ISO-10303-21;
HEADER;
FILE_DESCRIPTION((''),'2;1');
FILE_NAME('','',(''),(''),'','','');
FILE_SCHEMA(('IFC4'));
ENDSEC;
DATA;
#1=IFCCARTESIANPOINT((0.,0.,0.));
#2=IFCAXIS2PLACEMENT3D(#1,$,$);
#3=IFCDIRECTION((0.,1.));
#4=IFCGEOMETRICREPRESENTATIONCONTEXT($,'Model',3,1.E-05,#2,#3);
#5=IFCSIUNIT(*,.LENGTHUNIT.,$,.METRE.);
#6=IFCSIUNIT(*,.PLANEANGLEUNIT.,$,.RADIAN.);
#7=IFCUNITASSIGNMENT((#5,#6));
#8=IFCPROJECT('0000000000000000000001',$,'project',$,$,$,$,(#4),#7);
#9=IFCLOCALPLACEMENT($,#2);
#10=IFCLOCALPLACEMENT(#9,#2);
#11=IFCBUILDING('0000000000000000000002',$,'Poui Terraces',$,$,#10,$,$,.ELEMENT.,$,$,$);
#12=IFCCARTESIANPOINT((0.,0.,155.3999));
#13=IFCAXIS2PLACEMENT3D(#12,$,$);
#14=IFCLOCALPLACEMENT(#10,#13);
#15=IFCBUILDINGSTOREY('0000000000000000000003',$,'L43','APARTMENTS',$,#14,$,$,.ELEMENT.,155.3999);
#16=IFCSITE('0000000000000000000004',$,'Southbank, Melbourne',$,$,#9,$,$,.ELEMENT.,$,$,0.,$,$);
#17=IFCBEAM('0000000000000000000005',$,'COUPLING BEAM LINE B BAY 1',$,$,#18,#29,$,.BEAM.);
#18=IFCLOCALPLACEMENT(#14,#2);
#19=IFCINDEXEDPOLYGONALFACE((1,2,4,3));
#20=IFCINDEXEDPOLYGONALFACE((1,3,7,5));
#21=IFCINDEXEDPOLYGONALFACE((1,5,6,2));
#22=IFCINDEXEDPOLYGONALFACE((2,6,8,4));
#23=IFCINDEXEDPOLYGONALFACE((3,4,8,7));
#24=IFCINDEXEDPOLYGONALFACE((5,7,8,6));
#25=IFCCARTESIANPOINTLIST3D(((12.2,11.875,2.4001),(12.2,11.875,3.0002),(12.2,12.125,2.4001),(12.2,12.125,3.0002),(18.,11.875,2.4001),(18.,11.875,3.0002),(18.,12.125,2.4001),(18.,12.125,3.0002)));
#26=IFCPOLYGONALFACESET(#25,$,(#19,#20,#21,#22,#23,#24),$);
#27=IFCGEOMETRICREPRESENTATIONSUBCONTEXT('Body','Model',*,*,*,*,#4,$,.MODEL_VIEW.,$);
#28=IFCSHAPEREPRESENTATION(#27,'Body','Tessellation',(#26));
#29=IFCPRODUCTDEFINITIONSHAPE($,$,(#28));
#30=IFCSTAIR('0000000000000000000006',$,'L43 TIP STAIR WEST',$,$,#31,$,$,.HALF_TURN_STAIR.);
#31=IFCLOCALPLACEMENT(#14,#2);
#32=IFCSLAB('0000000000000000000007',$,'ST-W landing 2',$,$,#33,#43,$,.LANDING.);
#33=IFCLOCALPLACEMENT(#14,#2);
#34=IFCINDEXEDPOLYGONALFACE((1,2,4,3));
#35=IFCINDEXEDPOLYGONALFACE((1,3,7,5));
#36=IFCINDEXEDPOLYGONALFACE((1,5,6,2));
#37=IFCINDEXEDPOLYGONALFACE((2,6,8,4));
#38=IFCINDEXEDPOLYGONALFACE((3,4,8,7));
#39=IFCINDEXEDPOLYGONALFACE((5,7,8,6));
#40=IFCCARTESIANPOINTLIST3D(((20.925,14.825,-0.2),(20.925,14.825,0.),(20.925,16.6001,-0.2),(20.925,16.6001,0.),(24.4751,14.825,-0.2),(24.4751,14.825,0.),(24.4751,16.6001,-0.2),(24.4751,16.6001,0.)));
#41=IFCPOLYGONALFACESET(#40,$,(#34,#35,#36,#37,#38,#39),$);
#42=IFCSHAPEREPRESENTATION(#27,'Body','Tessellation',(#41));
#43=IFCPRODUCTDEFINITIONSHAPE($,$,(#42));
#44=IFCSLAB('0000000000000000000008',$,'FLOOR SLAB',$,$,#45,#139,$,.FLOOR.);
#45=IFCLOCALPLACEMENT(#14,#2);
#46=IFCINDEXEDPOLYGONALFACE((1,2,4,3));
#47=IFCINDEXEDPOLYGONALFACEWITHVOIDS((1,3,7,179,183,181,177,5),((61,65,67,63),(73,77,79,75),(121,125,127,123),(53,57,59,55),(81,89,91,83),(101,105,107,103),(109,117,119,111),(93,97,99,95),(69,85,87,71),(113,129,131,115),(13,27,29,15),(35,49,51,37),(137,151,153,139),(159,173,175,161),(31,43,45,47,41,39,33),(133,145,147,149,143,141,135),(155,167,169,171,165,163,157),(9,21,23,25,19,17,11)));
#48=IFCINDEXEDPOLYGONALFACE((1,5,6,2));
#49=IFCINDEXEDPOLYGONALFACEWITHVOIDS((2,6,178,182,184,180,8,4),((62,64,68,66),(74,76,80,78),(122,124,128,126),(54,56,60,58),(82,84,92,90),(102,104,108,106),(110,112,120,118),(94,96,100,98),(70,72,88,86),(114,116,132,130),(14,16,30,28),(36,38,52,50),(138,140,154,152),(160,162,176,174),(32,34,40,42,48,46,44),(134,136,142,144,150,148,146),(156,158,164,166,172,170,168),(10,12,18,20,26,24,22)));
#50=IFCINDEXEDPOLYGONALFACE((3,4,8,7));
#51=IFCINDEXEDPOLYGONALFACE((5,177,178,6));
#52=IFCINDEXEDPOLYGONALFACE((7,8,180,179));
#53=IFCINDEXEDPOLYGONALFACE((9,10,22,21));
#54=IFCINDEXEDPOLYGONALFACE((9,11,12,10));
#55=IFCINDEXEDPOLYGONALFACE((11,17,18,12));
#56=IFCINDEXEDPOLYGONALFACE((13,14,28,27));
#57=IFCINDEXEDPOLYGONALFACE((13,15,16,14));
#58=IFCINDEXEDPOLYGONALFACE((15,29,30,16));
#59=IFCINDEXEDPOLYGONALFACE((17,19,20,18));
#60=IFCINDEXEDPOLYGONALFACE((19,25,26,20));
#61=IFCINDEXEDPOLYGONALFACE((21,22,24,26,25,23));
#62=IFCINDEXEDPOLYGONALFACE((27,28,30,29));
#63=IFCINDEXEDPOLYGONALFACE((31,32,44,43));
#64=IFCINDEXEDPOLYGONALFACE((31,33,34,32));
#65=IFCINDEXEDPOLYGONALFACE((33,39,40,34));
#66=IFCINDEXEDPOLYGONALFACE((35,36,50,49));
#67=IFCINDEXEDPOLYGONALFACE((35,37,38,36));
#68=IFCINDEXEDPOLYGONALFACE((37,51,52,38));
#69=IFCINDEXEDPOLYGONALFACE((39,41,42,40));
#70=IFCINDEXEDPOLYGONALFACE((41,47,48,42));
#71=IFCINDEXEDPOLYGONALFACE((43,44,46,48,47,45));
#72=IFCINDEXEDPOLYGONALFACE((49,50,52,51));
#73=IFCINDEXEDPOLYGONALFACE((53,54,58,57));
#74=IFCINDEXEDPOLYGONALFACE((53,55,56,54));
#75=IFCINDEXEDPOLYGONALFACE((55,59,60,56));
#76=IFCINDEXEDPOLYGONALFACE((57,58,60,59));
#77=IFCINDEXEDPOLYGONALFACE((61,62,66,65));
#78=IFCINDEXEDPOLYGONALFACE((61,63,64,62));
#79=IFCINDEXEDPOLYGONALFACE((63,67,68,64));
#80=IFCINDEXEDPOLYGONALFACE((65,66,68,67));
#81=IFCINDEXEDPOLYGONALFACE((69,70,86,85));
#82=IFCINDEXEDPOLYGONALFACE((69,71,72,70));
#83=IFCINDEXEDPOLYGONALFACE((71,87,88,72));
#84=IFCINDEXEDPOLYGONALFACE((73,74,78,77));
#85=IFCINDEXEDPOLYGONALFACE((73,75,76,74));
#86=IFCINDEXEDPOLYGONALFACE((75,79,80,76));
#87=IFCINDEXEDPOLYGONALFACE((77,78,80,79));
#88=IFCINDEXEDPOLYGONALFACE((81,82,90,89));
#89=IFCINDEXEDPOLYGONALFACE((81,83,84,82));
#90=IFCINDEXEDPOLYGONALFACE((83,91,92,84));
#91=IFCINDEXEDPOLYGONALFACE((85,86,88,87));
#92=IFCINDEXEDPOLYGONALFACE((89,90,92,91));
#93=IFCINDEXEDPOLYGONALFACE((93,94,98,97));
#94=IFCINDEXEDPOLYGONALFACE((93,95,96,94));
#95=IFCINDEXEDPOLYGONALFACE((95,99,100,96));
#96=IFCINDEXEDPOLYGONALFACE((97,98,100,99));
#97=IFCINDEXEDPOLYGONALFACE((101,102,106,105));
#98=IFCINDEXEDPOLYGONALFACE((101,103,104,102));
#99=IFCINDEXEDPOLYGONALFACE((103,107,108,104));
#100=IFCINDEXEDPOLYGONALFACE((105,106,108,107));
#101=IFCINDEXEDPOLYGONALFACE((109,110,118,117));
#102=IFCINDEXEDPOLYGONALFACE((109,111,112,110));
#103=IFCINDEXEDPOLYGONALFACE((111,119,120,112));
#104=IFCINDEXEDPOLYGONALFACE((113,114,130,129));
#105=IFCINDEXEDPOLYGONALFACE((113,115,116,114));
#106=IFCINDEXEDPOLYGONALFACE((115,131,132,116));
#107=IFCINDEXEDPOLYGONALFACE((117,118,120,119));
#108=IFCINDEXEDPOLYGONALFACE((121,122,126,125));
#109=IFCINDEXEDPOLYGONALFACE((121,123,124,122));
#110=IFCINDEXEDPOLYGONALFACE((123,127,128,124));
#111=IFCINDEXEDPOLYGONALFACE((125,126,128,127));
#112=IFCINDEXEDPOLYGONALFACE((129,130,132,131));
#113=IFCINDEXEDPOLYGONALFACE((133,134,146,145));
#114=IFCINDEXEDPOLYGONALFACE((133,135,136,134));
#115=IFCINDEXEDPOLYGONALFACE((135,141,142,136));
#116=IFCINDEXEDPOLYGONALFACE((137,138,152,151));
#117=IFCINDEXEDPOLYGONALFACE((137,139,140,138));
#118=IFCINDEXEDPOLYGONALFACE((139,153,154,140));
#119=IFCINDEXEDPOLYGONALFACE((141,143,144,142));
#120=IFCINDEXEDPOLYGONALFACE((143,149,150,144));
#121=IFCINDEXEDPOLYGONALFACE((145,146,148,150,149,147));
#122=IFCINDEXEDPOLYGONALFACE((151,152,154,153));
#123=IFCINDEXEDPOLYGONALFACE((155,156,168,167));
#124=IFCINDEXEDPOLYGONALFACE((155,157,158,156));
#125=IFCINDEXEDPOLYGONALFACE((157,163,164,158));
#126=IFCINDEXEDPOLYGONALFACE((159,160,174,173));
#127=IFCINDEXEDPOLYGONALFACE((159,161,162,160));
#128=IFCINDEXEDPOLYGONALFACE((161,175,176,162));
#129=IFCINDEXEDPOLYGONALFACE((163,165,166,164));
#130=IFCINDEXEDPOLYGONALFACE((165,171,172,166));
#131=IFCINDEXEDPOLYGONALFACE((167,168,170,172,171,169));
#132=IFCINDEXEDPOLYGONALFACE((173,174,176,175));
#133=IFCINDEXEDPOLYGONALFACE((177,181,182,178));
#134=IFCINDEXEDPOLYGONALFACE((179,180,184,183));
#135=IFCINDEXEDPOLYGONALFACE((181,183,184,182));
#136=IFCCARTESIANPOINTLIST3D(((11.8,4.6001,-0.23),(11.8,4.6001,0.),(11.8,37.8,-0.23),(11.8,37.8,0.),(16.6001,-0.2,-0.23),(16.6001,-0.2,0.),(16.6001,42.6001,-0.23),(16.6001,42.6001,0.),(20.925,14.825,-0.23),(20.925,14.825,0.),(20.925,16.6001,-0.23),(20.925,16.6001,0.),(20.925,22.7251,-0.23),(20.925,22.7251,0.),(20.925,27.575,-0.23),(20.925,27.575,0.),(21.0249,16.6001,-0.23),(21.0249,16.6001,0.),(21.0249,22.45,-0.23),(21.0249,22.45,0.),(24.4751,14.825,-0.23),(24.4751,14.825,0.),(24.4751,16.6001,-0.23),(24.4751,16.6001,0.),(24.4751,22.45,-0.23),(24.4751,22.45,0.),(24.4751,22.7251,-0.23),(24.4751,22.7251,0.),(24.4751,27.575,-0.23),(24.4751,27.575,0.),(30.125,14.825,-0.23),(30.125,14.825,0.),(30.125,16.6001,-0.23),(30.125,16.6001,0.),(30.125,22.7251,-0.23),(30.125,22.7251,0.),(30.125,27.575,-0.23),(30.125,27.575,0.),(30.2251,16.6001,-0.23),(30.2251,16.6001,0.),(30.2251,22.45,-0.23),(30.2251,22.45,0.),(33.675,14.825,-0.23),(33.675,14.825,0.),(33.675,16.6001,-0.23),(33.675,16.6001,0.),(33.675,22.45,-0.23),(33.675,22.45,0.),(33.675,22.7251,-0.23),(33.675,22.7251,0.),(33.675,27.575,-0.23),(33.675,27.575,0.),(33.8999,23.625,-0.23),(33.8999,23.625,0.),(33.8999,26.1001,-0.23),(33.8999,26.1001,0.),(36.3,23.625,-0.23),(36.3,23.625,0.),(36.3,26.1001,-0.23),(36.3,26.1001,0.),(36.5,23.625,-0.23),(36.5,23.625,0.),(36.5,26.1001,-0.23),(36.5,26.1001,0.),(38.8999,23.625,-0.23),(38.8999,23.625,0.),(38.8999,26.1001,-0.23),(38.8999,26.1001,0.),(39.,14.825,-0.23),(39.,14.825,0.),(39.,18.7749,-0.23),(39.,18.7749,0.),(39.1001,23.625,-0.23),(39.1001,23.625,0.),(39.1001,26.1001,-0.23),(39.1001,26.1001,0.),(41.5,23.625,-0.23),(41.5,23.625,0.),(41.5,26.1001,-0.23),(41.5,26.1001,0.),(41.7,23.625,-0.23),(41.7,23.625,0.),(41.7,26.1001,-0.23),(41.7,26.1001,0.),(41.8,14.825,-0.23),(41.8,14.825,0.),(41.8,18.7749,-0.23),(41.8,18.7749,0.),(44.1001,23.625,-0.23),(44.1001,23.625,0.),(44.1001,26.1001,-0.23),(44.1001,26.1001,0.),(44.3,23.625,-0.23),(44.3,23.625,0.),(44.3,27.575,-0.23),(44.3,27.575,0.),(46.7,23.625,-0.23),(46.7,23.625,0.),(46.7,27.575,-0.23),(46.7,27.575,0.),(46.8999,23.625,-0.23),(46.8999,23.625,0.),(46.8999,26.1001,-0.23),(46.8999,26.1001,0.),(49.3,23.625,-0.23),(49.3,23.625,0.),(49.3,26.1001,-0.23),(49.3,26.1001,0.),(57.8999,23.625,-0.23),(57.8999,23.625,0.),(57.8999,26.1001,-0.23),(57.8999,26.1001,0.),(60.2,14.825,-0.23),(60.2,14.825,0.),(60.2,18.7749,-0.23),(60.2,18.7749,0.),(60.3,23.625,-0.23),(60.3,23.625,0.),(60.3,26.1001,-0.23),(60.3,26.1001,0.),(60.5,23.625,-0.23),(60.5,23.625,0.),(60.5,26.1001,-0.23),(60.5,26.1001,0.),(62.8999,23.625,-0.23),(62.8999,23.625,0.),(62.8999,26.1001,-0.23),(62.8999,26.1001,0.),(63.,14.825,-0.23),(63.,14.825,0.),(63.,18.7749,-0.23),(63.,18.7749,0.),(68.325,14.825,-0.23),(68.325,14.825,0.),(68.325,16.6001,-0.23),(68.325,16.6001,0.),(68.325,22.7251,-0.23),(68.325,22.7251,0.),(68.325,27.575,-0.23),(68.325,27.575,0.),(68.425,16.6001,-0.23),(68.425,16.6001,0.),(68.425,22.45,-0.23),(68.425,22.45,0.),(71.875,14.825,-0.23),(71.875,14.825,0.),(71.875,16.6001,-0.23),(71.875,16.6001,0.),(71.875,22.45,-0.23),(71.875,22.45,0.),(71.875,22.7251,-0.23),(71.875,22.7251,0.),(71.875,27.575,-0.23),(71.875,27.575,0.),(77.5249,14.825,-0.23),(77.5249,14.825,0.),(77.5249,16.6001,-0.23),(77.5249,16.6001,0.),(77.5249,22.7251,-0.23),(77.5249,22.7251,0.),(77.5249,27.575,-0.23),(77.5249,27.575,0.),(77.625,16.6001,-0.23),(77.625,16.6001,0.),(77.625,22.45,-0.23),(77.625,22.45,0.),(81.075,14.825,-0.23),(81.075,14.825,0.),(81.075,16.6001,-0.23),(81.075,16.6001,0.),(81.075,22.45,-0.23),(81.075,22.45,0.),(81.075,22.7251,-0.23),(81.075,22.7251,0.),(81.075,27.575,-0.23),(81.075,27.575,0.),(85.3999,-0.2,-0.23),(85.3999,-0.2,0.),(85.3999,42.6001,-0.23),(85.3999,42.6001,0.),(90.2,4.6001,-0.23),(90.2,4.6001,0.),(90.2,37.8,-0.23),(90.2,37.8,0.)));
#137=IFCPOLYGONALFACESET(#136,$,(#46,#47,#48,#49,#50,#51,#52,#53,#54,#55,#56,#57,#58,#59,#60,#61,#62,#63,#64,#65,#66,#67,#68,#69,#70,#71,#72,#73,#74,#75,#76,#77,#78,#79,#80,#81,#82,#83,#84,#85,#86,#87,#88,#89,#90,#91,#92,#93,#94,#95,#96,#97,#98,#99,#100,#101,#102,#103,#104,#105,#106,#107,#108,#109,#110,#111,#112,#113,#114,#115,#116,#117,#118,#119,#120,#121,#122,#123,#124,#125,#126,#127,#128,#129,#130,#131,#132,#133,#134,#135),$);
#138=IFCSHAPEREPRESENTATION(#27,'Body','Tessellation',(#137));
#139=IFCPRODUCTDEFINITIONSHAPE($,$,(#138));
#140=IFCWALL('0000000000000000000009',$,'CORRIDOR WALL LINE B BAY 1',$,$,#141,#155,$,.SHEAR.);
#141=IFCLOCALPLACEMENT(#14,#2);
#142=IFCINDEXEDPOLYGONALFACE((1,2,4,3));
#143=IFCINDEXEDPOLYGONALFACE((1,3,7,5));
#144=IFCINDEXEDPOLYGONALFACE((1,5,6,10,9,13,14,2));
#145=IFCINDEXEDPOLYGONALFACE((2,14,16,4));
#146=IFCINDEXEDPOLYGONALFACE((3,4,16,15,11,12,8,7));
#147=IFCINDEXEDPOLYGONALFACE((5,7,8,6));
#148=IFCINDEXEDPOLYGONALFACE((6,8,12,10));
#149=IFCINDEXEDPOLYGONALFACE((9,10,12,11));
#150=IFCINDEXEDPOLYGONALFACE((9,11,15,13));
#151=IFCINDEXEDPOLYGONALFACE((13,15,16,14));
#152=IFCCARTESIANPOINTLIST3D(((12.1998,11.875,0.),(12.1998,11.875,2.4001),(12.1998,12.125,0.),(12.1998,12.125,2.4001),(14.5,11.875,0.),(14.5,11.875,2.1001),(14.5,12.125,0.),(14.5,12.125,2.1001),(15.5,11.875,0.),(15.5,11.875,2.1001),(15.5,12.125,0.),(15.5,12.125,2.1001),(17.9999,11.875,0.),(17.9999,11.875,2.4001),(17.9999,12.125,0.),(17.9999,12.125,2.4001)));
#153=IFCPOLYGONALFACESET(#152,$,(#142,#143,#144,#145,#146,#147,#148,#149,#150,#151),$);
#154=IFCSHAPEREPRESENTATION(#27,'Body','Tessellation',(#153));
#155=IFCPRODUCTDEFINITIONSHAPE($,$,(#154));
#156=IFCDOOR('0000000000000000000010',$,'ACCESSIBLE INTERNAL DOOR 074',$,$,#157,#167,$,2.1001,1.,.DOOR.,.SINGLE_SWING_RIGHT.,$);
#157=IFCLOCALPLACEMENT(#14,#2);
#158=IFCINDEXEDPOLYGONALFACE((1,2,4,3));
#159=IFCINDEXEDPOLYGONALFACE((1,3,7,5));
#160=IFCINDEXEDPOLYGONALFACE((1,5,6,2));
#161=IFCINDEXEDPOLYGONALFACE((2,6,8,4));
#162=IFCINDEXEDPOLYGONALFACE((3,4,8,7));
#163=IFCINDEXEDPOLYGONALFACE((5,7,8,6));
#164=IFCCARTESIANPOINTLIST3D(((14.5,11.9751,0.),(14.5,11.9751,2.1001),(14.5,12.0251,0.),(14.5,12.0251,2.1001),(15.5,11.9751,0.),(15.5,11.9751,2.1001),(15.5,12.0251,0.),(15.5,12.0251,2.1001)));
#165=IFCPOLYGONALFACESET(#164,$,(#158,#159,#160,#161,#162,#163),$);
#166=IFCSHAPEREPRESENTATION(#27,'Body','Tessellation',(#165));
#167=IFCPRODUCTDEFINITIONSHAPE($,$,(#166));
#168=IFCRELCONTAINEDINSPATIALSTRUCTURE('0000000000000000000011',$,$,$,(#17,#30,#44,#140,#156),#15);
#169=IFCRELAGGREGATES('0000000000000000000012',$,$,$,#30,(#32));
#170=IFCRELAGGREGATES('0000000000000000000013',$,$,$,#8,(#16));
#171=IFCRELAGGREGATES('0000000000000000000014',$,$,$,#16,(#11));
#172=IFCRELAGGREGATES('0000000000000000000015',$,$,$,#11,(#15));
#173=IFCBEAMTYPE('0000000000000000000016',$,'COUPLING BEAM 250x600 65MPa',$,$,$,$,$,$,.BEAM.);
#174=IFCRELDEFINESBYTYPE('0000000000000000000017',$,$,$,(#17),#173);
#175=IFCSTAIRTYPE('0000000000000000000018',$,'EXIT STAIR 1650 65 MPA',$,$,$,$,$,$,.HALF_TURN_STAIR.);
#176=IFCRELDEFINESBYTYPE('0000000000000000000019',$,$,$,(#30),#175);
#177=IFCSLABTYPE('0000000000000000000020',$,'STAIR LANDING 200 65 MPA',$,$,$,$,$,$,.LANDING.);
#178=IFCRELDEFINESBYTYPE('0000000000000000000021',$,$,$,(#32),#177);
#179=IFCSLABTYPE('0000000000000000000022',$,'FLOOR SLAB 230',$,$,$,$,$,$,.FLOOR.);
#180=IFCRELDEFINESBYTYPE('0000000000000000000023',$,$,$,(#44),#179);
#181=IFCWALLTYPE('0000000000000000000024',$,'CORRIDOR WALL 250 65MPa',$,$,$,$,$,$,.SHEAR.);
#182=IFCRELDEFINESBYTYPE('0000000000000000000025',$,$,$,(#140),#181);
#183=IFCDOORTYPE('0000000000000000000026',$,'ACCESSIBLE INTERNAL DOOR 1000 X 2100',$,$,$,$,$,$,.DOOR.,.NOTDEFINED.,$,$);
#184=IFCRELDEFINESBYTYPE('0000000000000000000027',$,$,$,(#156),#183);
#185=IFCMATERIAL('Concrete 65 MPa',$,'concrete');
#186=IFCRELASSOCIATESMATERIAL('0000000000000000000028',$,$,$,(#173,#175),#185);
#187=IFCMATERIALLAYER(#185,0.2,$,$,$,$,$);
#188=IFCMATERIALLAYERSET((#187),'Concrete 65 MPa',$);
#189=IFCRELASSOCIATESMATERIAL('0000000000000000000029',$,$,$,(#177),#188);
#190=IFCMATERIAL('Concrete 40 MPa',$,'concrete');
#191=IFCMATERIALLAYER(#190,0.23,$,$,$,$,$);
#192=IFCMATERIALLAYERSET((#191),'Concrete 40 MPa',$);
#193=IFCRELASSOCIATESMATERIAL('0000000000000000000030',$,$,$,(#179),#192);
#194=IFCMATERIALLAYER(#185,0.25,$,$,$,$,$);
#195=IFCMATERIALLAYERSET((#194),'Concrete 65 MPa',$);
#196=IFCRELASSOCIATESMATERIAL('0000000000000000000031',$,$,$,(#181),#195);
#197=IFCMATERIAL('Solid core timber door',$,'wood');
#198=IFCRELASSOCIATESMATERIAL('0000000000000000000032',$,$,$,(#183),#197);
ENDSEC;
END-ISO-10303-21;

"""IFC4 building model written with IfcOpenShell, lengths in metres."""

from ifc_helpers import new_model, si_unit, direction, frame, frame_2d, origin, origin_2d, place, context, subcontext, project, spatial, polyline, rectangle, outline, extrude, source, transform, mapped, material, layer, layer_set, material_profile, profile_set, type_object, element, fill, aggregate, save


model = new_model("IFC4")

# Units and contexts
model_context = context("Model", 3, precision=1e-05, world=origin(), true_north=direction((0.0, 1.0)))
body_context = subcontext(model_context, "Body", "Model", "MODEL_VIEW")
ifc_project = project(units=[si_unit("LENGTHUNIT", "METRE"), si_unit("PLANEANGLEUNIT", "RADIAN")], contexts=[model_context])

# Site, building, storey
site_placement = place(None, origin())
site = spatial("IfcSite", under=ifc_project, at=site_placement, Name="Southbank, Melbourne", CompositionType="ELEMENT", RefElevation=0.0)
building_placement = place(site_placement, origin())
building = spatial("IfcBuilding", under=site, at=building_placement, Name="Poui Terraces", CompositionType="ELEMENT")
storey_placement = place(building_placement, frame((0.0, 0.0, 155.3999)))
storey = spatial("IfcBuildingStorey", under=building, at=storey_placement, Name="L43", Description="APARTMENTS", CompositionType="ELEMENT", Elevation=155.3999)

# Beam
ifc_material_1 = material(Name="Concrete 65 MPa", Category="concrete")
ifc_material_profile = material_profile(ifc_material_1, rectangle(XDim=0.25, YDim=0.6001, at=origin_2d()), Name="RC 250x600")
ifc_profile_set = profile_set([ifc_material_profile], Name="Concrete 65 MPa")
beam_type = type_object("IfcBeamType", Name="COUPLING BEAM 250x600 65MPa", PredefinedType="BEAM", material=ifc_profile_set)
shared_shape_1 = source(origin(), body_context, "Body", "SweptSolid", [
    extrude(rectangle(XDim=0.25, YDim=0.6001, at=origin_2d()), origin(), (0.0, 0.0, 1.0), 5.8),
])
beam_placement = place(storey_placement, frame((12.2, 12.0, 2.7002), z_axis=(1.0, 0.0, 0.0), x_axis=(0.0, 1.0, 0.0)))
element("IfcBeam", 1, at=beam_placement, inside=storey, type_object=beam_type, Name="COUPLING BEAM LINE B BAY 1", PredefinedType="BEAM", context=body_context, shape_type="MappedRepresentation", body=[
    mapped(shared_shape_1, transform((0.0, 0.0, 0.0))),
])

# Stair, slab
stair_type = type_object("IfcStairType", Name="EXIT STAIR 1650 65 MPA", PredefinedType="HALF_TURN_STAIR", material=ifc_material_1)
stair_placement = place(storey_placement, origin())
stair = element("IfcStair", 2, at=stair_placement, inside=storey, type_object=stair_type, Name="L43 TIP STAIR WEST", PredefinedType="HALF_TURN_STAIR")
ifc_layer_1 = layer(ifc_material_1, 0.2)
ifc_layer_set_1 = layer_set([ifc_layer_1], Name="Concrete 65 MPa")
slab_type_1 = type_object("IfcSlabType", Name="STAIR LANDING 200 65 MPA", PredefinedType="LANDING", material=ifc_layer_set_1)
slab_1_placement = place(storey_placement, frame((0.0, 0.0, -0.2)))
slab_1 = element("IfcSlab", 3, at=slab_1_placement, type_object=slab_type_1, Name="ST-W landing 2", PredefinedType="LANDING", context=body_context, shape_type="SweptSolid", body=[
    extrude(outline(polyline([(20.925, 14.825), (24.4751, 14.825), (24.4751, 16.6001), (20.925, 16.6001), (20.925, 14.825)])), origin(), (0.0, 0.0, 1.0), 0.2),
])
aggregate(stair, [slab_1])

# Slab
ifc_material_2 = material(Name="Concrete 40 MPa", Category="concrete")
ifc_layer_2 = layer(ifc_material_2, 0.23)
ifc_layer_set_2 = layer_set([ifc_layer_2], Name="Concrete 40 MPa")
slab_type_2 = type_object("IfcSlabType", Name="FLOOR SLAB 230", PredefinedType="FLOOR", material=ifc_layer_set_2)
shared_shape_2 = source(origin(), body_context, "Body", "SweptSolid", [
    extrude(outline(polyline([(0.0, 0.0), (4.8, -4.8), (73.5999, -4.8), (78.3999, 0.0), (78.3999, 33.2), (73.5999, 38.0), (4.8, 38.0), (0.0, 33.2), (0.0, 0.0)]), holes=[polyline([(27.2, 10.2249), (27.2, 14.1748), (30.0, 14.1748), (30.0, 10.2249), (27.2, 10.2249)]), polyline([(9.2249, 17.8499), (12.675, 17.8499), (12.675, 12.0), (12.675, 10.2249), (9.125, 10.2249), (9.125, 12.0), (9.2249, 12.0), (9.2249, 17.8499)]), polyline([(18.425, 17.8499), (21.875, 17.8499), (21.875, 12.0), (21.875, 10.2249), (18.325, 10.2249), (18.325, 12.0), (18.425, 12.0), (18.425, 17.8499)]), polyline([(22.0999, 19.0249), (22.0999, 21.5), (24.5, 21.5), (24.5, 19.0249), (22.0999, 19.0249)]), polyline([(24.7, 19.0249), (24.7, 21.5), (27.0999, 21.5), (27.0999, 19.0249), (24.7, 19.0249)]), polyline([(27.3, 19.0249), (27.3, 21.5), (29.7, 21.5), (29.7, 19.0249), (27.3, 19.0249)]), polyline([(29.8999, 19.0249), (29.8999, 21.5), (32.3, 21.5), (32.3, 19.0249), (29.8999, 19.0249)]), polyline([(9.125, 22.9749), (12.675, 22.9749), (12.675, 18.125), (9.125, 18.125), (9.125, 22.9749)]), polyline([(18.325, 22.9749), (21.875, 22.9749), (21.875, 18.125), (18.325, 18.125), (18.325, 22.9749)]), polyline([(48.3999, 10.2249), (48.3999, 14.1748), (51.2, 14.1748), (51.2, 10.2249), (48.3999, 10.2249)]), polyline([(56.625, 17.8499), (60.075, 17.8499), (60.075, 12.0), (60.075, 10.2249), (56.5249, 10.2249), (56.5249, 12.0), (56.625, 12.0), (56.625, 17.8499)]), polyline([(65.825, 17.8499), (69.2749, 17.8499), (69.2749, 12.0), (69.2749, 10.2249), (65.7249, 10.2249), (65.7249, 12.0), (65.825, 12.0), (65.825, 17.8499)]), polyline([(35.0999, 19.0249), (35.0999, 21.5), (37.5, 21.5), (37.5, 19.0249), (35.0999, 19.0249)]), polyline([(46.0999, 19.0249), (46.0999, 21.5), (48.5, 21.5), (48.5, 19.0249), (46.0999, 19.0249)]), polyline([(48.7, 19.0249), (48.7, 21.5), (51.0999, 21.5), (51.0999, 19.0249), (48.7, 19.0249)]), polyline([(56.5249, 18.125), (56.5249, 22.9749), (60.075, 22.9749), (60.075, 18.125), (56.5249, 18.125)]), polyline([(65.7249, 22.9749), (69.2749, 22.9749), (69.2749, 18.125), (65.7249, 18.125), (65.7249, 22.9749)]), polyline([(32.5, 22.9749), (34.8999, 22.9749), (34.8999, 19.0249), (32.5, 19.0249), (32.5, 22.9749)])]), origin(), (0.0, 0.0, 1.0), 0.23),
])
slab_2_placement = place(storey_placement, frame((11.8, 4.6001, -0.23)))
element("IfcSlab", 4, at=slab_2_placement, inside=storey, type_object=slab_type_2, Name="FLOOR SLAB", PredefinedType="FLOOR", context=body_context, shape_type="MappedRepresentation", body=[
    mapped(shared_shape_2, transform((0.0, 0.0, 0.0))),
])

# Wall, opening, door
ifc_layer_3 = layer(ifc_material_1, 0.25)
ifc_layer_set_3 = layer_set([ifc_layer_3], Name="Concrete 65 MPa")
wall_type_1 = type_object("IfcWallType", Name="CORRIDOR WALL 250 65MPa", PredefinedType="SHEAR", material=ifc_layer_set_3)
wall_1_placement = place(storey_placement, frame((12.2, 12.0, 0.0), z_axis=(0.0, 0.0, 1.0), x_axis=(1.0, 0.0, 0.0)))
wall_1 = element("IfcWall", 5, at=wall_1_placement, inside=storey, type_object=wall_type_1, Name="CORRIDOR WALL LINE B BAY 1", PredefinedType="SHEAR", context=body_context, shape_type="SweptSolid", body=[
    extrude(rectangle(XDim=5.8, YDim=0.25, at=frame_2d((2.8999, 0.0))), origin(), (0.0, 0.0, 1.0), 2.4001),
])
opening_1_placement = place(wall_1_placement, frame((2.3, 0.0, 0.0)))
opening_1 = element("IfcOpeningElement", 6, at=opening_1_placement, cuts=wall_1, PredefinedType="OPENING", context=body_context, shape_type="SweptSolid", body=[
    extrude(rectangle(XDim=1.0, YDim=2.1001, at=frame_2d((0.5, 1.05))), frame((0.0, 0.135, 0.0), z_axis=(0.0, -1.0, 0.0), x_axis=(1.0, 0.0, 0.0)), (0.0, 0.0, 1.0), 0.27),
])
ifc_material_3 = material(Name="Solid core timber door", Category="wood")
door_type_1 = type_object("IfcDoorType", Name="ACCESSIBLE INTERNAL DOOR 1000 X 2100", OperationType="NOTDEFINED", PredefinedType="DOOR", material=ifc_material_3)
door_1_placement = place(opening_1_placement, frame((1.0, 0.0, 0.0), z_axis=(0.0, 0.0, 1.0), x_axis=(-1.0, 0.0, 0.0)))
door_1 = element("IfcDoor", 7, at=door_1_placement, inside=storey, type_object=door_type_1, Name="ACCESSIBLE INTERNAL DOOR 074", OperationType="SINGLE_SWING_RIGHT", OverallHeight=2.1001, OverallWidth=1.0, PredefinedType="DOOR", context=body_context, shape_type="SweptSolid", body=[
    extrude(rectangle(XDim=1.0, YDim=2.1001, at=frame_2d((0.5, 1.05))), frame((0.0, 0.0249, 0.0), z_axis=(0.0, -1.0, 0.0), x_axis=(1.0, 0.0, 0.0)), (0.0, 0.0, 1.0), 0.05),
])
fill(opening_1, door_1)

save(model, "model.ifc")
